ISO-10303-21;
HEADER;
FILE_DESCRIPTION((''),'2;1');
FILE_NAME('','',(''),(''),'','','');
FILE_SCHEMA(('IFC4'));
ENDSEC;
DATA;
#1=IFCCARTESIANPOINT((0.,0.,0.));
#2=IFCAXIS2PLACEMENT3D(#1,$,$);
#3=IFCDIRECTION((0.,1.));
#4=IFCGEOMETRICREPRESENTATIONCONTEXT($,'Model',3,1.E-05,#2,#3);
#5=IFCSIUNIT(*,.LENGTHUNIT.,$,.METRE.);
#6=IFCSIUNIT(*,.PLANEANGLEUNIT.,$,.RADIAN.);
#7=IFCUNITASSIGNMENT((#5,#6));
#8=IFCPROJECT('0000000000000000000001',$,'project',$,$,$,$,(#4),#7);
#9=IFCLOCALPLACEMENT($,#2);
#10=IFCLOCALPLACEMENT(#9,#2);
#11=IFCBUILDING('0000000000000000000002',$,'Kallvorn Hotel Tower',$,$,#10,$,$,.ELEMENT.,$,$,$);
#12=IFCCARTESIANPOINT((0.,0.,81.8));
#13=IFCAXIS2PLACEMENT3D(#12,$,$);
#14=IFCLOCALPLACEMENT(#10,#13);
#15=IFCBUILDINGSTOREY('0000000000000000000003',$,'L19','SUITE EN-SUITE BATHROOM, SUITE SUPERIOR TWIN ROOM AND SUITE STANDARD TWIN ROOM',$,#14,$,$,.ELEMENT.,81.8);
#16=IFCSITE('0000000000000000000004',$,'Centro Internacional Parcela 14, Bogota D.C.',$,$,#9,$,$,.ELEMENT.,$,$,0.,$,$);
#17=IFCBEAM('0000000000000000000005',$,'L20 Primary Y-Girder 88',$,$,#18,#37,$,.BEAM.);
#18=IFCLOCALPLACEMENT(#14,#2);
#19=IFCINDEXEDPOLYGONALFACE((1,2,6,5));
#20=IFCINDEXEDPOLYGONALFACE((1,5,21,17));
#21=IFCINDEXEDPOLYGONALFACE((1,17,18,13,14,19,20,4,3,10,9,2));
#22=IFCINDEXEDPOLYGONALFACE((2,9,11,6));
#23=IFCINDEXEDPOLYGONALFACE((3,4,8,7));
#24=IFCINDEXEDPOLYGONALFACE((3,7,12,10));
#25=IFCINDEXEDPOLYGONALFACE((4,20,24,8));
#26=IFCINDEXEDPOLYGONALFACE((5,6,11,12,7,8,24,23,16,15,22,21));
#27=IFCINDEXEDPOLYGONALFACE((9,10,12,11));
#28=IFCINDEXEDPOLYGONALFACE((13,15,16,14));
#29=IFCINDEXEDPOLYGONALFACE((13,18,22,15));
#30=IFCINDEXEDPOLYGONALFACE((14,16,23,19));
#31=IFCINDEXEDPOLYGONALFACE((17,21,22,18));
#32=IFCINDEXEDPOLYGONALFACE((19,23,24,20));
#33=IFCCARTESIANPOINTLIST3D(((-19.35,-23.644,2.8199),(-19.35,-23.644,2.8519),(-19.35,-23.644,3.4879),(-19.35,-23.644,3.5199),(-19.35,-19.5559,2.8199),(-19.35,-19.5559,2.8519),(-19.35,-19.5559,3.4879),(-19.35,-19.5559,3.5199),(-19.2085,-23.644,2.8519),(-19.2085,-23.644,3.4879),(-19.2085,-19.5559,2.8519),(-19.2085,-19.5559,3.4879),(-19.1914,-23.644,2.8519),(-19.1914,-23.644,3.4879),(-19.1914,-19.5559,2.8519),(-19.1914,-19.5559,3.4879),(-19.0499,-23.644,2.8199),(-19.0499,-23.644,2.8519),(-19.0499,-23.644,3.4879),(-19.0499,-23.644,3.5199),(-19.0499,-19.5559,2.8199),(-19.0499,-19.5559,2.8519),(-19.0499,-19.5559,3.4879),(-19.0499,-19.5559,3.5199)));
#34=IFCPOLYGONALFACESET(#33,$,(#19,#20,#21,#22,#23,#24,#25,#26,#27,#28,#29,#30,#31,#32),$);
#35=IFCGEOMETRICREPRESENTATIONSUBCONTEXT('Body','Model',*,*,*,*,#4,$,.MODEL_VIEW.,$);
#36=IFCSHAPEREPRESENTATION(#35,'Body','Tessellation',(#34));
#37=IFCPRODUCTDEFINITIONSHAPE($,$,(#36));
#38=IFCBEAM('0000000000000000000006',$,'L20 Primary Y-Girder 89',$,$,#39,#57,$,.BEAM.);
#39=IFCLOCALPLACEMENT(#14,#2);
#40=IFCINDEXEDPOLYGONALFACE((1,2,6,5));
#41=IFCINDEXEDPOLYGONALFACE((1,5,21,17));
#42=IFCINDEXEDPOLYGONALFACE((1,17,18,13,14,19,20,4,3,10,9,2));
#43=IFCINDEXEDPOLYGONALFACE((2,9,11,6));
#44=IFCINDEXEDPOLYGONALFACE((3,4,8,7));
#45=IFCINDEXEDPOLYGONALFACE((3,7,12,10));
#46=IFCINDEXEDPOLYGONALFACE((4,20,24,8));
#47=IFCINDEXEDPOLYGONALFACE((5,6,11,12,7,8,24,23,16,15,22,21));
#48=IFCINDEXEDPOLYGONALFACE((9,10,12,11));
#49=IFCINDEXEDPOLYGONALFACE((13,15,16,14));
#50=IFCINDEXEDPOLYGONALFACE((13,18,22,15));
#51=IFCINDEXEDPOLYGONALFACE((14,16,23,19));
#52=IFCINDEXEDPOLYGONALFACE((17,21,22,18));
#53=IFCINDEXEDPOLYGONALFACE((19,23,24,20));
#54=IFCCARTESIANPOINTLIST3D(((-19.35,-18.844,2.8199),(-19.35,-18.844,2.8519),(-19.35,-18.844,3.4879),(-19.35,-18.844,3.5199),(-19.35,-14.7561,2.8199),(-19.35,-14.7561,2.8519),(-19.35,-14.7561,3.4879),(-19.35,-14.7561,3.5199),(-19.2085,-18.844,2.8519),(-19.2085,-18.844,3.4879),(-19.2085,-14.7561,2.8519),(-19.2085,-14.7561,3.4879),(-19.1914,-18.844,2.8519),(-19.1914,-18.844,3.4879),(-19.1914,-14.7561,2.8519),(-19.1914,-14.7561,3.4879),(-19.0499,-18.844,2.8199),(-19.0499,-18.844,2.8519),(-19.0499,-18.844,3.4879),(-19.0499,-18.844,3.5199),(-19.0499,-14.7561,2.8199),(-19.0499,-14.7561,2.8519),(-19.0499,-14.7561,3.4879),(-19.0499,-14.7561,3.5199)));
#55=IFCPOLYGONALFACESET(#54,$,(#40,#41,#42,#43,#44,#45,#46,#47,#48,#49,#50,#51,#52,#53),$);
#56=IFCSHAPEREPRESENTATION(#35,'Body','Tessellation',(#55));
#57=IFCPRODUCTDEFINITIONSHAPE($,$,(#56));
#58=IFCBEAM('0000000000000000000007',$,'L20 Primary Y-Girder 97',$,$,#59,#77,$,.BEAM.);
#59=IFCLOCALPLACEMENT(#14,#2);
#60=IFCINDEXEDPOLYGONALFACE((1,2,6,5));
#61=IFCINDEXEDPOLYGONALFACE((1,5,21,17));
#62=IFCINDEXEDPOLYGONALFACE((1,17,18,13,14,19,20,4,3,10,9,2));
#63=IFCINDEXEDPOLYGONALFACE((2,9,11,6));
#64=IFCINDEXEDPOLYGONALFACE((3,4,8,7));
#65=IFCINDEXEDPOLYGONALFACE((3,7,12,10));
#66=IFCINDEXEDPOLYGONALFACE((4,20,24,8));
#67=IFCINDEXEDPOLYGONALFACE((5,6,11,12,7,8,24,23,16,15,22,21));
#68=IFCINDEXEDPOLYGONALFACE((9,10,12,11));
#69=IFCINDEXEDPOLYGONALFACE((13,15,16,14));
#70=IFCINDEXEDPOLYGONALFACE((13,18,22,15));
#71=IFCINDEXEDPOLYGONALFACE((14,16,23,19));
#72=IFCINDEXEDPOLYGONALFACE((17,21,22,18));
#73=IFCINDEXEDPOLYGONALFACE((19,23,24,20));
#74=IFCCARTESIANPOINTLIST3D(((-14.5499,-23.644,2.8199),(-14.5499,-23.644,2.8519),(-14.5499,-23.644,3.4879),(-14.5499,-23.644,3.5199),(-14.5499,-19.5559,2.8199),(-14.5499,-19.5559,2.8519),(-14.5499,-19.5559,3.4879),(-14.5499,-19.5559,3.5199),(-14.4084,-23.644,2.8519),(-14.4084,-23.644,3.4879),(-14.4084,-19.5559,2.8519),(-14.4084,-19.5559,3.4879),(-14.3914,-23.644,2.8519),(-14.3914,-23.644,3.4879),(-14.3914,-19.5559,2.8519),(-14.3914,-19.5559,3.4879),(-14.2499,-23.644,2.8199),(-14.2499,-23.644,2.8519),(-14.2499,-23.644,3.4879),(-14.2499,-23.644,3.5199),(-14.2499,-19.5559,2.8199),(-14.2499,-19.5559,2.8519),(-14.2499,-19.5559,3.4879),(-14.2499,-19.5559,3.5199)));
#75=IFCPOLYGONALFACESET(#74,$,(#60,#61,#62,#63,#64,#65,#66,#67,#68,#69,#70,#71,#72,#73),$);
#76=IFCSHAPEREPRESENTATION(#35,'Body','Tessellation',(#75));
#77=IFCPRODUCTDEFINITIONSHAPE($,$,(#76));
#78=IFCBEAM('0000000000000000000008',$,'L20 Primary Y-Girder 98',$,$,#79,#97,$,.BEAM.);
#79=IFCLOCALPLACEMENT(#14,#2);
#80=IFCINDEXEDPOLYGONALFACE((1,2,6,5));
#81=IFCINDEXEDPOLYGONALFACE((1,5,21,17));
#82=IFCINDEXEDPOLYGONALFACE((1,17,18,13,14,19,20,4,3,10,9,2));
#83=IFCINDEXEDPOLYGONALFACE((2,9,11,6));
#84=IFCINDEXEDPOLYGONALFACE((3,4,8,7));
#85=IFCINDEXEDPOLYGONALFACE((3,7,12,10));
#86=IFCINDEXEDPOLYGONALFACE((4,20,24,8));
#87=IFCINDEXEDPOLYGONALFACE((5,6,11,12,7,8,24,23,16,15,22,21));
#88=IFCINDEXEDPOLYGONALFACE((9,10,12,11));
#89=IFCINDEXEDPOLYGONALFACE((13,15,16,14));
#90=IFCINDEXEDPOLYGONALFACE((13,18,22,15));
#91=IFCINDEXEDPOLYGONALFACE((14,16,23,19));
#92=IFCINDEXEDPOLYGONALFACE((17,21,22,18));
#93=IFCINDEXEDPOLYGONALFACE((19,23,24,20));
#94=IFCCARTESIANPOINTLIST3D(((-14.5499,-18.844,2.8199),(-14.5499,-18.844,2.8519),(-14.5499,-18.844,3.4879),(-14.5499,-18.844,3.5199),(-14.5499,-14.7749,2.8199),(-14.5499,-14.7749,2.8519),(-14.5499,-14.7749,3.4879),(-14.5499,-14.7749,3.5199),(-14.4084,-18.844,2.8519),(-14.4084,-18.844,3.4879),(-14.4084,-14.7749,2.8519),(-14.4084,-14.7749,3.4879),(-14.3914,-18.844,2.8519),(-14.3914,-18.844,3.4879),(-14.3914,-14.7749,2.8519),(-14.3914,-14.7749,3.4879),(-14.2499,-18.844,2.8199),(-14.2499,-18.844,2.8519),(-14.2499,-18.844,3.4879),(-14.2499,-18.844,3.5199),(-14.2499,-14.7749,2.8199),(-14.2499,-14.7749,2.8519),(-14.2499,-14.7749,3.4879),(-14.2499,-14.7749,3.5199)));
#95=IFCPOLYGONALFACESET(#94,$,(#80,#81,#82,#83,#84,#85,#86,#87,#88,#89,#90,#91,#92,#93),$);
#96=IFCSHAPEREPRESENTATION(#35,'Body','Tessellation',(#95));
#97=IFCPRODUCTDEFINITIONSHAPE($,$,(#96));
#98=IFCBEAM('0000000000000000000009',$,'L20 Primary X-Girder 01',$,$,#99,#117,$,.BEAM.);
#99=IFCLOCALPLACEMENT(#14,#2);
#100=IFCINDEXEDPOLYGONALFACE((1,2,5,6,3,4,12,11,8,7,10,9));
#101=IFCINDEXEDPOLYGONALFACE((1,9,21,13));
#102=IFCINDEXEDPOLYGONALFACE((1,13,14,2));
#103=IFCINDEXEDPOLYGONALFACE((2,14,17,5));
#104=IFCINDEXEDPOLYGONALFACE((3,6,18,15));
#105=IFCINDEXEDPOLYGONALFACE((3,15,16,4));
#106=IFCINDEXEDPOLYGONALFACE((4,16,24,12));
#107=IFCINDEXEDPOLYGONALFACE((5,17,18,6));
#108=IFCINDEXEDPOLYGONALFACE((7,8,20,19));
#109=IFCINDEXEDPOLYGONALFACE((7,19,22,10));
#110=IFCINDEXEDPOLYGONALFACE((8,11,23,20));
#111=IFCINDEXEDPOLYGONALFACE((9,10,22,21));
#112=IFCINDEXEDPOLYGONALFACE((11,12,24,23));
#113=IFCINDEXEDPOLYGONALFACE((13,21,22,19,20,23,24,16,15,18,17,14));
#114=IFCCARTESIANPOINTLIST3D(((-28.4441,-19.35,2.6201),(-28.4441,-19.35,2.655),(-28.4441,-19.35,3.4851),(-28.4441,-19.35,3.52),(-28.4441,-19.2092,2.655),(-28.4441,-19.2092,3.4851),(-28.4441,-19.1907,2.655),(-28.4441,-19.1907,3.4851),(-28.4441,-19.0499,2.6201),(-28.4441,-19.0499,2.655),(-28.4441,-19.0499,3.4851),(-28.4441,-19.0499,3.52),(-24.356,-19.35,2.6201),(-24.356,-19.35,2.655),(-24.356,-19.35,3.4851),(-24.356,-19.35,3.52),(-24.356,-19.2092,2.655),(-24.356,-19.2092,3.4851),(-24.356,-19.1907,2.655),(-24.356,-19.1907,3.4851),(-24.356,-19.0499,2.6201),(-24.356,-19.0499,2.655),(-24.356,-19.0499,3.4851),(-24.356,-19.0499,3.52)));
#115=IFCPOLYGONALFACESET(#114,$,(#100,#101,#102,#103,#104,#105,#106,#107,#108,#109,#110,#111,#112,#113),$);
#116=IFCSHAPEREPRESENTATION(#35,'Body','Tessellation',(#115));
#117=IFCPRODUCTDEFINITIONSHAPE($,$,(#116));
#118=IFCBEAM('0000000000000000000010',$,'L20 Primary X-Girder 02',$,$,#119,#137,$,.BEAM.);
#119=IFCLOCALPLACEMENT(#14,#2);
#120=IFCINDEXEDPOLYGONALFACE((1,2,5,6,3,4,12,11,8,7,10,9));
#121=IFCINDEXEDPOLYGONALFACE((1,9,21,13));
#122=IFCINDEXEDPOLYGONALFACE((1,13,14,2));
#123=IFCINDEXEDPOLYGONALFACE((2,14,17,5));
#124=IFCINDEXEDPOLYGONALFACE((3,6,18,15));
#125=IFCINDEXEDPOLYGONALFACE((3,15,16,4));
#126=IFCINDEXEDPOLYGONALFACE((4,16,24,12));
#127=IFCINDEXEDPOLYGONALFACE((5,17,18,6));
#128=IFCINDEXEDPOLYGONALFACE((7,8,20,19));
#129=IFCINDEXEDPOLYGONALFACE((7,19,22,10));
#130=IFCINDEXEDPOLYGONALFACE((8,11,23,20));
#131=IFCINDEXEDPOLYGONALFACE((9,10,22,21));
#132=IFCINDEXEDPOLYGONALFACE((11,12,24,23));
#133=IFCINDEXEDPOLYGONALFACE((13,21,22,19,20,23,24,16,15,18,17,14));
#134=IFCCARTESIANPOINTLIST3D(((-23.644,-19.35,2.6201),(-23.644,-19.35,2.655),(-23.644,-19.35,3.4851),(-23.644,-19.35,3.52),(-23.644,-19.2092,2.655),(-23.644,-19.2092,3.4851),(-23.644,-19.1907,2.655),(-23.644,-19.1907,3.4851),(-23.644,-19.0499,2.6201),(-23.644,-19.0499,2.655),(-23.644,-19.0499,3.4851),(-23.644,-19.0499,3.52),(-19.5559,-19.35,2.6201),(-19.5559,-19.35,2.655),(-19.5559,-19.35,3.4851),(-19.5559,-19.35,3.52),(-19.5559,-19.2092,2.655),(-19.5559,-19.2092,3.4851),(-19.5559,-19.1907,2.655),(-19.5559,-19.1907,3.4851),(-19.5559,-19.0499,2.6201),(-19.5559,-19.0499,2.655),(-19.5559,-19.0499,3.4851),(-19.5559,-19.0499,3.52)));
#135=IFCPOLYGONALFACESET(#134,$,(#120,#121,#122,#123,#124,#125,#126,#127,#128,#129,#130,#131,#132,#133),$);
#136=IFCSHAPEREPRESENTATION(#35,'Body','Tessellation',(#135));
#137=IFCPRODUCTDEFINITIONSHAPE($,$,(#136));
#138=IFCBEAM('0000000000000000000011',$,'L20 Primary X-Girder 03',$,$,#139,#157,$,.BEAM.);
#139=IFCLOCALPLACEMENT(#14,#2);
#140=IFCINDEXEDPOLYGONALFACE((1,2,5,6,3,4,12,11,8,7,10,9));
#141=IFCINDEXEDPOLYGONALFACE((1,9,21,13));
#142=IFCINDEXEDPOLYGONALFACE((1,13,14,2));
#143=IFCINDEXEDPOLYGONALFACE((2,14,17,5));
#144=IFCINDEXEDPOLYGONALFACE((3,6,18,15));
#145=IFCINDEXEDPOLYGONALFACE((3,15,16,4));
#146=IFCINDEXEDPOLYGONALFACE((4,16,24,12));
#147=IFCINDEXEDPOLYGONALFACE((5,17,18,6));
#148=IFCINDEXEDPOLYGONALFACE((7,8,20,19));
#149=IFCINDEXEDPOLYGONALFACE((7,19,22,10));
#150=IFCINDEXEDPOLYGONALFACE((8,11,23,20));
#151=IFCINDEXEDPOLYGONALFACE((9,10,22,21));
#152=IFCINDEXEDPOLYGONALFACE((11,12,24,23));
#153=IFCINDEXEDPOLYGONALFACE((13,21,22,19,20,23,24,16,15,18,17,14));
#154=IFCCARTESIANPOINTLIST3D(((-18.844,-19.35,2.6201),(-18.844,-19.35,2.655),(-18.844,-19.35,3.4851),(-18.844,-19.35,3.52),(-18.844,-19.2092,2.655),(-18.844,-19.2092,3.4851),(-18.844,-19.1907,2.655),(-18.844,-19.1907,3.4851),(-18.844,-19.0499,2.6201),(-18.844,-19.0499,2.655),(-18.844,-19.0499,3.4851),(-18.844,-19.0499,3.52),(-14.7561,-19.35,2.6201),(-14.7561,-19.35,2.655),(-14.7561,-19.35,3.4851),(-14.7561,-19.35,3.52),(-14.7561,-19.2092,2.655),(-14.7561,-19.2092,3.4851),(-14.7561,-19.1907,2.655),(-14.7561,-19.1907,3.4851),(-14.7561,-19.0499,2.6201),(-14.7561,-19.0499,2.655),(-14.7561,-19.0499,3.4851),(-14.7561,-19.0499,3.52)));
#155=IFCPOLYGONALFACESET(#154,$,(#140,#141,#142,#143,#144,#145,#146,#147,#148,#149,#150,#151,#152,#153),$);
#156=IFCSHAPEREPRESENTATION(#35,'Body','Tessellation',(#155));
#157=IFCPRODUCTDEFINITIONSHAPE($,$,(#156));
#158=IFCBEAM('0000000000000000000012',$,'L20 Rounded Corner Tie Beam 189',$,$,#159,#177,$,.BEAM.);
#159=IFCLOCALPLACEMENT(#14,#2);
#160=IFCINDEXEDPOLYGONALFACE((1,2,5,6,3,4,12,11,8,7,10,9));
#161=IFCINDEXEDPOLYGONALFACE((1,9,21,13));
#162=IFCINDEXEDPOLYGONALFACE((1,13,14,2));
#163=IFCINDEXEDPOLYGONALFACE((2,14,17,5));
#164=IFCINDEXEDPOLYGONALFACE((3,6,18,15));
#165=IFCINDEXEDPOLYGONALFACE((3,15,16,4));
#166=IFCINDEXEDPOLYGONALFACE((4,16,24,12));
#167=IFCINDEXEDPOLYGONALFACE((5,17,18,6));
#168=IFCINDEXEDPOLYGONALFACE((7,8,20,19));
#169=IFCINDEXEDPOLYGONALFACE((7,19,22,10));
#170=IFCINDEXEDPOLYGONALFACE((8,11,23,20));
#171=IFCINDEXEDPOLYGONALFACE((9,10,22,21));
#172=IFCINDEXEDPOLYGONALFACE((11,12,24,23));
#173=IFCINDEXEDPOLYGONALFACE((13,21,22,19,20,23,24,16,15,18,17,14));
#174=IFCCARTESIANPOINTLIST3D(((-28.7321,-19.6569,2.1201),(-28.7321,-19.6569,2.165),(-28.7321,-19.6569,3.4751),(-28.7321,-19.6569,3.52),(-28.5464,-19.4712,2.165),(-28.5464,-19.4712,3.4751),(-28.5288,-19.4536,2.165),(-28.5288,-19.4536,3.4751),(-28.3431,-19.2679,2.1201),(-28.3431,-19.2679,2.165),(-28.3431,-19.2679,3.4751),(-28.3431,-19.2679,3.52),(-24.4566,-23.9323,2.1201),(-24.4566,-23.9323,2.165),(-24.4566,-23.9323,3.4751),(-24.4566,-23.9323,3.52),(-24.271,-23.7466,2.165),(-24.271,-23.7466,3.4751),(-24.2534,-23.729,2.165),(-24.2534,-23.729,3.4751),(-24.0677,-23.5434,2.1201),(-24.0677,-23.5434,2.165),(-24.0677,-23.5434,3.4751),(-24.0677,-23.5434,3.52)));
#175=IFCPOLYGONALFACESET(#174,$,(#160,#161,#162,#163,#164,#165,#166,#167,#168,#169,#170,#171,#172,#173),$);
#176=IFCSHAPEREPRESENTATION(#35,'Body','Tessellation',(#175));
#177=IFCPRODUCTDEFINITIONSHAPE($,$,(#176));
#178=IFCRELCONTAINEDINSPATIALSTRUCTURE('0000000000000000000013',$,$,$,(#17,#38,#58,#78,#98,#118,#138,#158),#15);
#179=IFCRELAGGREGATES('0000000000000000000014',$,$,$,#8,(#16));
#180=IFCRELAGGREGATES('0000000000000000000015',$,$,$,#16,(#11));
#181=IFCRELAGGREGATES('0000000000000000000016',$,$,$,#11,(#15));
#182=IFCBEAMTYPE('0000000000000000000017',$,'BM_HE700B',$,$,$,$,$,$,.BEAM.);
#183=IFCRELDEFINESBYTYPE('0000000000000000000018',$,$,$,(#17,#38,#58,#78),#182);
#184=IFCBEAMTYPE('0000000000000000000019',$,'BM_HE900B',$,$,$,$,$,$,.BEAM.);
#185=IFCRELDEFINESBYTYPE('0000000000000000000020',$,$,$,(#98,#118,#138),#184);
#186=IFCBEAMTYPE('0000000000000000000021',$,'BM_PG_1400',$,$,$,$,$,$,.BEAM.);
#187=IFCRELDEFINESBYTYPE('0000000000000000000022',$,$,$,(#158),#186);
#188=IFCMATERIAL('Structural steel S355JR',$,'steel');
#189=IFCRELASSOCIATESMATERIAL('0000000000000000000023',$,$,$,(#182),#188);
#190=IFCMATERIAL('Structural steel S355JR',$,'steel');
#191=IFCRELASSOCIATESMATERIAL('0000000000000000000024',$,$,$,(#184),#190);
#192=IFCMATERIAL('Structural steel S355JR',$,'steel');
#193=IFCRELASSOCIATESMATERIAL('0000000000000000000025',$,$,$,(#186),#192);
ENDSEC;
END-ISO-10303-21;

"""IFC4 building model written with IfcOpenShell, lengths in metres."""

from ifc_helpers import new_model, si_unit, direction, frame, origin, origin_2d, place, context, subcontext, project, spatial, i_section, extrude, material, material_profile, profile_set, type_object, element, save


model = new_model("IFC4")

# Units and contexts
model_context = context("Model", 3, precision=1e-05, world=origin(), true_north=direction((0.0, 1.0)))
body_context = subcontext(model_context, "Body", "Model", "MODEL_VIEW")
ifc_project = project(units=[si_unit("LENGTHUNIT", "METRE"), si_unit("PLANEANGLEUNIT", "RADIAN")], contexts=[model_context])

# Site, building, storey
site_placement = place(None, origin())
site = spatial("IfcSite", under=ifc_project, at=site_placement, Name="Centro Internacional Parcela 14, Bogota D.C.", CompositionType="ELEMENT", RefElevation=0.0)
building_placement = place(site_placement, origin())
building = spatial("IfcBuilding", under=site, at=building_placement, Name="Kallvorn Hotel Tower", CompositionType="ELEMENT")
storey_placement = place(building_placement, frame((0.0, 0.0, 81.8)))
storey = spatial("IfcBuildingStorey", under=building, at=storey_placement, Name="L19", Description="SUITE EN-SUITE BATHROOM, SUITE SUPERIOR TWIN ROOM AND SUITE STANDARD TWIN ROOM", CompositionType="ELEMENT", Elevation=81.8)

# Beams
ifc_material_1 = material(Name="Structural steel S355JR", Category="steel")
ifc_material_profile_1 = material_profile(ifc_material_1, i_section(OverallWidth=0.3, OverallDepth=0.7, WebThickness=0.0171, FlangeThickness=0.032, at=origin_2d()), Name="HE 700 B")
ifc_profile_set_1 = profile_set([ifc_material_profile_1], Name="Structural steel S355JR")
beam_type_1 = type_object("IfcBeamType", Name="BM_HE700B", PredefinedType="BEAM", material=ifc_profile_set_1)
beam_1_placement = place(storey_placement, frame((-19.2, -23.644, 3.1699), z_axis=(0.0, 1.0, 0.0), x_axis=(-1.0, 0.0, 0.0)))
element("IfcBeam", 1, at=beam_1_placement, inside=storey, type_object=beam_type_1, Name="L20 Primary Y-Girder 88", PredefinedType="BEAM", context=body_context, shape_type="SweptSolid", body=[
    extrude(i_section(OverallWidth=0.3, OverallDepth=0.7, WebThickness=0.0171, FlangeThickness=0.032, at=origin_2d()), origin(), (0.0, 0.0, 1.0), 4.0881),
])
beam_2_placement = place(storey_placement, frame((-19.2, -18.844, 3.1699), z_axis=(0.0, 1.0, 0.0), x_axis=(-1.0, 0.0, 0.0)))
element("IfcBeam", 2, at=beam_2_placement, inside=storey, type_object=beam_type_1, Name="L20 Primary Y-Girder 89", PredefinedType="BEAM", context=body_context, shape_type="SweptSolid", body=[
    extrude(i_section(OverallWidth=0.3, OverallDepth=0.7, WebThickness=0.0171, FlangeThickness=0.032, at=origin_2d()), origin(), (0.0, 0.0, 1.0), 4.0879),
])
beam_3_placement = place(storey_placement, frame((-14.3999, -23.644, 3.1699), z_axis=(0.0, 1.0, 0.0), x_axis=(-1.0, 0.0, 0.0)))
element("IfcBeam", 3, at=beam_3_placement, inside=storey, type_object=beam_type_1, Name="L20 Primary Y-Girder 97", PredefinedType="BEAM", context=body_context, shape_type="SweptSolid", body=[
    extrude(i_section(OverallWidth=0.3, OverallDepth=0.7, WebThickness=0.0171, FlangeThickness=0.032, at=origin_2d()), origin(), (0.0, 0.0, 1.0), 4.0881),
])
beam_4_placement = place(storey_placement, frame((-14.3999, -18.844, 3.1699), z_axis=(0.0, 1.0, 0.0), x_axis=(-1.0, 0.0, 0.0)))
element("IfcBeam", 4, at=beam_4_placement, inside=storey, type_object=beam_type_1, Name="L20 Primary Y-Girder 98", PredefinedType="BEAM", context=body_context, shape_type="SweptSolid", body=[
    extrude(i_section(OverallWidth=0.3, OverallDepth=0.7, WebThickness=0.0171, FlangeThickness=0.032, at=origin_2d()), origin(), (0.0, 0.0, 1.0), 4.0691),
])
ifc_material_2 = material(Name="Structural steel S355JR", Category="steel")
ifc_material_profile_2 = material_profile(ifc_material_2, i_section(OverallWidth=0.3, OverallDepth=0.8999, WebThickness=0.0186, FlangeThickness=0.0349, at=origin_2d()), Name="HE 900 B")
ifc_profile_set_2 = profile_set([ifc_material_profile_2], Name="Structural steel S355JR")
beam_type_2 = type_object("IfcBeamType", Name="BM_HE900B", PredefinedType="BEAM", material=ifc_profile_set_2)
for number, where, z_axis, x_axis, name in (
    (5, (-28.4441, -19.2, 3.0701), (1.0, 0.0, 0.0), (0.0, 1.0, 0.0), "L20 Primary X-Girder 01"),
    (6, (-23.644, -19.2, 3.0701), (1.0, 0.0, 0.0), (0.0, 1.0, 0.0), "L20 Primary X-Girder 02"),
):
    element("IfcBeam", number, at=place(storey_placement, frame(where, z_axis=z_axis, x_axis=x_axis)), inside=storey, type_object=beam_type_2, Name=name, PredefinedType="BEAM", context=body_context, shape_type="SweptSolid", body=[
        extrude(i_section(OverallWidth=0.3, OverallDepth=0.8999, WebThickness=0.0186, FlangeThickness=0.0349, at=origin_2d()), origin(), (0.0, 0.0, 1.0), 4.0881),
    ])
beam_5_placement = place(storey_placement, frame((-18.844, -19.2, 3.0701), z_axis=(1.0, 0.0, 0.0), x_axis=(0.0, 1.0, 0.0)))
element("IfcBeam", 7, at=beam_5_placement, inside=storey, type_object=beam_type_2, Name="L20 Primary X-Girder 03", PredefinedType="BEAM", context=body_context, shape_type="SweptSolid", body=[
    extrude(i_section(OverallWidth=0.3, OverallDepth=0.8999, WebThickness=0.0186, FlangeThickness=0.0349, at=origin_2d()), origin(), (0.0, 0.0, 1.0), 4.0879),
])
ifc_material_3 = material(Name="Structural steel S355JR", Category="steel")
ifc_material_profile_3 = material_profile(ifc_material_3, i_section(OverallWidth=0.55, OverallDepth=1.3999, WebThickness=0.0249, FlangeThickness=0.0449, at=origin_2d()), Name="PG 1400x550x25x45")
ifc_profile_set_3 = profile_set([ifc_material_profile_3], Name="Structural steel S355JR")
beam_type_3 = type_object("IfcBeamType", Name="BM_PG_1400", PredefinedType="BEAM", material=ifc_profile_set_3)
beam_6_placement = place(storey_placement, frame((-28.5376, -19.4624, 2.8201), z_axis=(0.707107, -0.707107, 0.0), x_axis=(0.707107, 0.707107, 0.0)))
element("IfcBeam", 8, at=beam_6_placement, inside=storey, type_object=beam_type_3, Name="L20 Rounded Corner Tie Beam 189", PredefinedType="BEAM", context=body_context, shape_type="SweptSolid", body=[
    extrude(i_section(OverallWidth=0.55, OverallDepth=1.3999, WebThickness=0.0249, FlangeThickness=0.0449, at=origin_2d()), origin(), (0.0, 0.0, 1.0), 6.0464),
])

save(model, "model.ifc")
